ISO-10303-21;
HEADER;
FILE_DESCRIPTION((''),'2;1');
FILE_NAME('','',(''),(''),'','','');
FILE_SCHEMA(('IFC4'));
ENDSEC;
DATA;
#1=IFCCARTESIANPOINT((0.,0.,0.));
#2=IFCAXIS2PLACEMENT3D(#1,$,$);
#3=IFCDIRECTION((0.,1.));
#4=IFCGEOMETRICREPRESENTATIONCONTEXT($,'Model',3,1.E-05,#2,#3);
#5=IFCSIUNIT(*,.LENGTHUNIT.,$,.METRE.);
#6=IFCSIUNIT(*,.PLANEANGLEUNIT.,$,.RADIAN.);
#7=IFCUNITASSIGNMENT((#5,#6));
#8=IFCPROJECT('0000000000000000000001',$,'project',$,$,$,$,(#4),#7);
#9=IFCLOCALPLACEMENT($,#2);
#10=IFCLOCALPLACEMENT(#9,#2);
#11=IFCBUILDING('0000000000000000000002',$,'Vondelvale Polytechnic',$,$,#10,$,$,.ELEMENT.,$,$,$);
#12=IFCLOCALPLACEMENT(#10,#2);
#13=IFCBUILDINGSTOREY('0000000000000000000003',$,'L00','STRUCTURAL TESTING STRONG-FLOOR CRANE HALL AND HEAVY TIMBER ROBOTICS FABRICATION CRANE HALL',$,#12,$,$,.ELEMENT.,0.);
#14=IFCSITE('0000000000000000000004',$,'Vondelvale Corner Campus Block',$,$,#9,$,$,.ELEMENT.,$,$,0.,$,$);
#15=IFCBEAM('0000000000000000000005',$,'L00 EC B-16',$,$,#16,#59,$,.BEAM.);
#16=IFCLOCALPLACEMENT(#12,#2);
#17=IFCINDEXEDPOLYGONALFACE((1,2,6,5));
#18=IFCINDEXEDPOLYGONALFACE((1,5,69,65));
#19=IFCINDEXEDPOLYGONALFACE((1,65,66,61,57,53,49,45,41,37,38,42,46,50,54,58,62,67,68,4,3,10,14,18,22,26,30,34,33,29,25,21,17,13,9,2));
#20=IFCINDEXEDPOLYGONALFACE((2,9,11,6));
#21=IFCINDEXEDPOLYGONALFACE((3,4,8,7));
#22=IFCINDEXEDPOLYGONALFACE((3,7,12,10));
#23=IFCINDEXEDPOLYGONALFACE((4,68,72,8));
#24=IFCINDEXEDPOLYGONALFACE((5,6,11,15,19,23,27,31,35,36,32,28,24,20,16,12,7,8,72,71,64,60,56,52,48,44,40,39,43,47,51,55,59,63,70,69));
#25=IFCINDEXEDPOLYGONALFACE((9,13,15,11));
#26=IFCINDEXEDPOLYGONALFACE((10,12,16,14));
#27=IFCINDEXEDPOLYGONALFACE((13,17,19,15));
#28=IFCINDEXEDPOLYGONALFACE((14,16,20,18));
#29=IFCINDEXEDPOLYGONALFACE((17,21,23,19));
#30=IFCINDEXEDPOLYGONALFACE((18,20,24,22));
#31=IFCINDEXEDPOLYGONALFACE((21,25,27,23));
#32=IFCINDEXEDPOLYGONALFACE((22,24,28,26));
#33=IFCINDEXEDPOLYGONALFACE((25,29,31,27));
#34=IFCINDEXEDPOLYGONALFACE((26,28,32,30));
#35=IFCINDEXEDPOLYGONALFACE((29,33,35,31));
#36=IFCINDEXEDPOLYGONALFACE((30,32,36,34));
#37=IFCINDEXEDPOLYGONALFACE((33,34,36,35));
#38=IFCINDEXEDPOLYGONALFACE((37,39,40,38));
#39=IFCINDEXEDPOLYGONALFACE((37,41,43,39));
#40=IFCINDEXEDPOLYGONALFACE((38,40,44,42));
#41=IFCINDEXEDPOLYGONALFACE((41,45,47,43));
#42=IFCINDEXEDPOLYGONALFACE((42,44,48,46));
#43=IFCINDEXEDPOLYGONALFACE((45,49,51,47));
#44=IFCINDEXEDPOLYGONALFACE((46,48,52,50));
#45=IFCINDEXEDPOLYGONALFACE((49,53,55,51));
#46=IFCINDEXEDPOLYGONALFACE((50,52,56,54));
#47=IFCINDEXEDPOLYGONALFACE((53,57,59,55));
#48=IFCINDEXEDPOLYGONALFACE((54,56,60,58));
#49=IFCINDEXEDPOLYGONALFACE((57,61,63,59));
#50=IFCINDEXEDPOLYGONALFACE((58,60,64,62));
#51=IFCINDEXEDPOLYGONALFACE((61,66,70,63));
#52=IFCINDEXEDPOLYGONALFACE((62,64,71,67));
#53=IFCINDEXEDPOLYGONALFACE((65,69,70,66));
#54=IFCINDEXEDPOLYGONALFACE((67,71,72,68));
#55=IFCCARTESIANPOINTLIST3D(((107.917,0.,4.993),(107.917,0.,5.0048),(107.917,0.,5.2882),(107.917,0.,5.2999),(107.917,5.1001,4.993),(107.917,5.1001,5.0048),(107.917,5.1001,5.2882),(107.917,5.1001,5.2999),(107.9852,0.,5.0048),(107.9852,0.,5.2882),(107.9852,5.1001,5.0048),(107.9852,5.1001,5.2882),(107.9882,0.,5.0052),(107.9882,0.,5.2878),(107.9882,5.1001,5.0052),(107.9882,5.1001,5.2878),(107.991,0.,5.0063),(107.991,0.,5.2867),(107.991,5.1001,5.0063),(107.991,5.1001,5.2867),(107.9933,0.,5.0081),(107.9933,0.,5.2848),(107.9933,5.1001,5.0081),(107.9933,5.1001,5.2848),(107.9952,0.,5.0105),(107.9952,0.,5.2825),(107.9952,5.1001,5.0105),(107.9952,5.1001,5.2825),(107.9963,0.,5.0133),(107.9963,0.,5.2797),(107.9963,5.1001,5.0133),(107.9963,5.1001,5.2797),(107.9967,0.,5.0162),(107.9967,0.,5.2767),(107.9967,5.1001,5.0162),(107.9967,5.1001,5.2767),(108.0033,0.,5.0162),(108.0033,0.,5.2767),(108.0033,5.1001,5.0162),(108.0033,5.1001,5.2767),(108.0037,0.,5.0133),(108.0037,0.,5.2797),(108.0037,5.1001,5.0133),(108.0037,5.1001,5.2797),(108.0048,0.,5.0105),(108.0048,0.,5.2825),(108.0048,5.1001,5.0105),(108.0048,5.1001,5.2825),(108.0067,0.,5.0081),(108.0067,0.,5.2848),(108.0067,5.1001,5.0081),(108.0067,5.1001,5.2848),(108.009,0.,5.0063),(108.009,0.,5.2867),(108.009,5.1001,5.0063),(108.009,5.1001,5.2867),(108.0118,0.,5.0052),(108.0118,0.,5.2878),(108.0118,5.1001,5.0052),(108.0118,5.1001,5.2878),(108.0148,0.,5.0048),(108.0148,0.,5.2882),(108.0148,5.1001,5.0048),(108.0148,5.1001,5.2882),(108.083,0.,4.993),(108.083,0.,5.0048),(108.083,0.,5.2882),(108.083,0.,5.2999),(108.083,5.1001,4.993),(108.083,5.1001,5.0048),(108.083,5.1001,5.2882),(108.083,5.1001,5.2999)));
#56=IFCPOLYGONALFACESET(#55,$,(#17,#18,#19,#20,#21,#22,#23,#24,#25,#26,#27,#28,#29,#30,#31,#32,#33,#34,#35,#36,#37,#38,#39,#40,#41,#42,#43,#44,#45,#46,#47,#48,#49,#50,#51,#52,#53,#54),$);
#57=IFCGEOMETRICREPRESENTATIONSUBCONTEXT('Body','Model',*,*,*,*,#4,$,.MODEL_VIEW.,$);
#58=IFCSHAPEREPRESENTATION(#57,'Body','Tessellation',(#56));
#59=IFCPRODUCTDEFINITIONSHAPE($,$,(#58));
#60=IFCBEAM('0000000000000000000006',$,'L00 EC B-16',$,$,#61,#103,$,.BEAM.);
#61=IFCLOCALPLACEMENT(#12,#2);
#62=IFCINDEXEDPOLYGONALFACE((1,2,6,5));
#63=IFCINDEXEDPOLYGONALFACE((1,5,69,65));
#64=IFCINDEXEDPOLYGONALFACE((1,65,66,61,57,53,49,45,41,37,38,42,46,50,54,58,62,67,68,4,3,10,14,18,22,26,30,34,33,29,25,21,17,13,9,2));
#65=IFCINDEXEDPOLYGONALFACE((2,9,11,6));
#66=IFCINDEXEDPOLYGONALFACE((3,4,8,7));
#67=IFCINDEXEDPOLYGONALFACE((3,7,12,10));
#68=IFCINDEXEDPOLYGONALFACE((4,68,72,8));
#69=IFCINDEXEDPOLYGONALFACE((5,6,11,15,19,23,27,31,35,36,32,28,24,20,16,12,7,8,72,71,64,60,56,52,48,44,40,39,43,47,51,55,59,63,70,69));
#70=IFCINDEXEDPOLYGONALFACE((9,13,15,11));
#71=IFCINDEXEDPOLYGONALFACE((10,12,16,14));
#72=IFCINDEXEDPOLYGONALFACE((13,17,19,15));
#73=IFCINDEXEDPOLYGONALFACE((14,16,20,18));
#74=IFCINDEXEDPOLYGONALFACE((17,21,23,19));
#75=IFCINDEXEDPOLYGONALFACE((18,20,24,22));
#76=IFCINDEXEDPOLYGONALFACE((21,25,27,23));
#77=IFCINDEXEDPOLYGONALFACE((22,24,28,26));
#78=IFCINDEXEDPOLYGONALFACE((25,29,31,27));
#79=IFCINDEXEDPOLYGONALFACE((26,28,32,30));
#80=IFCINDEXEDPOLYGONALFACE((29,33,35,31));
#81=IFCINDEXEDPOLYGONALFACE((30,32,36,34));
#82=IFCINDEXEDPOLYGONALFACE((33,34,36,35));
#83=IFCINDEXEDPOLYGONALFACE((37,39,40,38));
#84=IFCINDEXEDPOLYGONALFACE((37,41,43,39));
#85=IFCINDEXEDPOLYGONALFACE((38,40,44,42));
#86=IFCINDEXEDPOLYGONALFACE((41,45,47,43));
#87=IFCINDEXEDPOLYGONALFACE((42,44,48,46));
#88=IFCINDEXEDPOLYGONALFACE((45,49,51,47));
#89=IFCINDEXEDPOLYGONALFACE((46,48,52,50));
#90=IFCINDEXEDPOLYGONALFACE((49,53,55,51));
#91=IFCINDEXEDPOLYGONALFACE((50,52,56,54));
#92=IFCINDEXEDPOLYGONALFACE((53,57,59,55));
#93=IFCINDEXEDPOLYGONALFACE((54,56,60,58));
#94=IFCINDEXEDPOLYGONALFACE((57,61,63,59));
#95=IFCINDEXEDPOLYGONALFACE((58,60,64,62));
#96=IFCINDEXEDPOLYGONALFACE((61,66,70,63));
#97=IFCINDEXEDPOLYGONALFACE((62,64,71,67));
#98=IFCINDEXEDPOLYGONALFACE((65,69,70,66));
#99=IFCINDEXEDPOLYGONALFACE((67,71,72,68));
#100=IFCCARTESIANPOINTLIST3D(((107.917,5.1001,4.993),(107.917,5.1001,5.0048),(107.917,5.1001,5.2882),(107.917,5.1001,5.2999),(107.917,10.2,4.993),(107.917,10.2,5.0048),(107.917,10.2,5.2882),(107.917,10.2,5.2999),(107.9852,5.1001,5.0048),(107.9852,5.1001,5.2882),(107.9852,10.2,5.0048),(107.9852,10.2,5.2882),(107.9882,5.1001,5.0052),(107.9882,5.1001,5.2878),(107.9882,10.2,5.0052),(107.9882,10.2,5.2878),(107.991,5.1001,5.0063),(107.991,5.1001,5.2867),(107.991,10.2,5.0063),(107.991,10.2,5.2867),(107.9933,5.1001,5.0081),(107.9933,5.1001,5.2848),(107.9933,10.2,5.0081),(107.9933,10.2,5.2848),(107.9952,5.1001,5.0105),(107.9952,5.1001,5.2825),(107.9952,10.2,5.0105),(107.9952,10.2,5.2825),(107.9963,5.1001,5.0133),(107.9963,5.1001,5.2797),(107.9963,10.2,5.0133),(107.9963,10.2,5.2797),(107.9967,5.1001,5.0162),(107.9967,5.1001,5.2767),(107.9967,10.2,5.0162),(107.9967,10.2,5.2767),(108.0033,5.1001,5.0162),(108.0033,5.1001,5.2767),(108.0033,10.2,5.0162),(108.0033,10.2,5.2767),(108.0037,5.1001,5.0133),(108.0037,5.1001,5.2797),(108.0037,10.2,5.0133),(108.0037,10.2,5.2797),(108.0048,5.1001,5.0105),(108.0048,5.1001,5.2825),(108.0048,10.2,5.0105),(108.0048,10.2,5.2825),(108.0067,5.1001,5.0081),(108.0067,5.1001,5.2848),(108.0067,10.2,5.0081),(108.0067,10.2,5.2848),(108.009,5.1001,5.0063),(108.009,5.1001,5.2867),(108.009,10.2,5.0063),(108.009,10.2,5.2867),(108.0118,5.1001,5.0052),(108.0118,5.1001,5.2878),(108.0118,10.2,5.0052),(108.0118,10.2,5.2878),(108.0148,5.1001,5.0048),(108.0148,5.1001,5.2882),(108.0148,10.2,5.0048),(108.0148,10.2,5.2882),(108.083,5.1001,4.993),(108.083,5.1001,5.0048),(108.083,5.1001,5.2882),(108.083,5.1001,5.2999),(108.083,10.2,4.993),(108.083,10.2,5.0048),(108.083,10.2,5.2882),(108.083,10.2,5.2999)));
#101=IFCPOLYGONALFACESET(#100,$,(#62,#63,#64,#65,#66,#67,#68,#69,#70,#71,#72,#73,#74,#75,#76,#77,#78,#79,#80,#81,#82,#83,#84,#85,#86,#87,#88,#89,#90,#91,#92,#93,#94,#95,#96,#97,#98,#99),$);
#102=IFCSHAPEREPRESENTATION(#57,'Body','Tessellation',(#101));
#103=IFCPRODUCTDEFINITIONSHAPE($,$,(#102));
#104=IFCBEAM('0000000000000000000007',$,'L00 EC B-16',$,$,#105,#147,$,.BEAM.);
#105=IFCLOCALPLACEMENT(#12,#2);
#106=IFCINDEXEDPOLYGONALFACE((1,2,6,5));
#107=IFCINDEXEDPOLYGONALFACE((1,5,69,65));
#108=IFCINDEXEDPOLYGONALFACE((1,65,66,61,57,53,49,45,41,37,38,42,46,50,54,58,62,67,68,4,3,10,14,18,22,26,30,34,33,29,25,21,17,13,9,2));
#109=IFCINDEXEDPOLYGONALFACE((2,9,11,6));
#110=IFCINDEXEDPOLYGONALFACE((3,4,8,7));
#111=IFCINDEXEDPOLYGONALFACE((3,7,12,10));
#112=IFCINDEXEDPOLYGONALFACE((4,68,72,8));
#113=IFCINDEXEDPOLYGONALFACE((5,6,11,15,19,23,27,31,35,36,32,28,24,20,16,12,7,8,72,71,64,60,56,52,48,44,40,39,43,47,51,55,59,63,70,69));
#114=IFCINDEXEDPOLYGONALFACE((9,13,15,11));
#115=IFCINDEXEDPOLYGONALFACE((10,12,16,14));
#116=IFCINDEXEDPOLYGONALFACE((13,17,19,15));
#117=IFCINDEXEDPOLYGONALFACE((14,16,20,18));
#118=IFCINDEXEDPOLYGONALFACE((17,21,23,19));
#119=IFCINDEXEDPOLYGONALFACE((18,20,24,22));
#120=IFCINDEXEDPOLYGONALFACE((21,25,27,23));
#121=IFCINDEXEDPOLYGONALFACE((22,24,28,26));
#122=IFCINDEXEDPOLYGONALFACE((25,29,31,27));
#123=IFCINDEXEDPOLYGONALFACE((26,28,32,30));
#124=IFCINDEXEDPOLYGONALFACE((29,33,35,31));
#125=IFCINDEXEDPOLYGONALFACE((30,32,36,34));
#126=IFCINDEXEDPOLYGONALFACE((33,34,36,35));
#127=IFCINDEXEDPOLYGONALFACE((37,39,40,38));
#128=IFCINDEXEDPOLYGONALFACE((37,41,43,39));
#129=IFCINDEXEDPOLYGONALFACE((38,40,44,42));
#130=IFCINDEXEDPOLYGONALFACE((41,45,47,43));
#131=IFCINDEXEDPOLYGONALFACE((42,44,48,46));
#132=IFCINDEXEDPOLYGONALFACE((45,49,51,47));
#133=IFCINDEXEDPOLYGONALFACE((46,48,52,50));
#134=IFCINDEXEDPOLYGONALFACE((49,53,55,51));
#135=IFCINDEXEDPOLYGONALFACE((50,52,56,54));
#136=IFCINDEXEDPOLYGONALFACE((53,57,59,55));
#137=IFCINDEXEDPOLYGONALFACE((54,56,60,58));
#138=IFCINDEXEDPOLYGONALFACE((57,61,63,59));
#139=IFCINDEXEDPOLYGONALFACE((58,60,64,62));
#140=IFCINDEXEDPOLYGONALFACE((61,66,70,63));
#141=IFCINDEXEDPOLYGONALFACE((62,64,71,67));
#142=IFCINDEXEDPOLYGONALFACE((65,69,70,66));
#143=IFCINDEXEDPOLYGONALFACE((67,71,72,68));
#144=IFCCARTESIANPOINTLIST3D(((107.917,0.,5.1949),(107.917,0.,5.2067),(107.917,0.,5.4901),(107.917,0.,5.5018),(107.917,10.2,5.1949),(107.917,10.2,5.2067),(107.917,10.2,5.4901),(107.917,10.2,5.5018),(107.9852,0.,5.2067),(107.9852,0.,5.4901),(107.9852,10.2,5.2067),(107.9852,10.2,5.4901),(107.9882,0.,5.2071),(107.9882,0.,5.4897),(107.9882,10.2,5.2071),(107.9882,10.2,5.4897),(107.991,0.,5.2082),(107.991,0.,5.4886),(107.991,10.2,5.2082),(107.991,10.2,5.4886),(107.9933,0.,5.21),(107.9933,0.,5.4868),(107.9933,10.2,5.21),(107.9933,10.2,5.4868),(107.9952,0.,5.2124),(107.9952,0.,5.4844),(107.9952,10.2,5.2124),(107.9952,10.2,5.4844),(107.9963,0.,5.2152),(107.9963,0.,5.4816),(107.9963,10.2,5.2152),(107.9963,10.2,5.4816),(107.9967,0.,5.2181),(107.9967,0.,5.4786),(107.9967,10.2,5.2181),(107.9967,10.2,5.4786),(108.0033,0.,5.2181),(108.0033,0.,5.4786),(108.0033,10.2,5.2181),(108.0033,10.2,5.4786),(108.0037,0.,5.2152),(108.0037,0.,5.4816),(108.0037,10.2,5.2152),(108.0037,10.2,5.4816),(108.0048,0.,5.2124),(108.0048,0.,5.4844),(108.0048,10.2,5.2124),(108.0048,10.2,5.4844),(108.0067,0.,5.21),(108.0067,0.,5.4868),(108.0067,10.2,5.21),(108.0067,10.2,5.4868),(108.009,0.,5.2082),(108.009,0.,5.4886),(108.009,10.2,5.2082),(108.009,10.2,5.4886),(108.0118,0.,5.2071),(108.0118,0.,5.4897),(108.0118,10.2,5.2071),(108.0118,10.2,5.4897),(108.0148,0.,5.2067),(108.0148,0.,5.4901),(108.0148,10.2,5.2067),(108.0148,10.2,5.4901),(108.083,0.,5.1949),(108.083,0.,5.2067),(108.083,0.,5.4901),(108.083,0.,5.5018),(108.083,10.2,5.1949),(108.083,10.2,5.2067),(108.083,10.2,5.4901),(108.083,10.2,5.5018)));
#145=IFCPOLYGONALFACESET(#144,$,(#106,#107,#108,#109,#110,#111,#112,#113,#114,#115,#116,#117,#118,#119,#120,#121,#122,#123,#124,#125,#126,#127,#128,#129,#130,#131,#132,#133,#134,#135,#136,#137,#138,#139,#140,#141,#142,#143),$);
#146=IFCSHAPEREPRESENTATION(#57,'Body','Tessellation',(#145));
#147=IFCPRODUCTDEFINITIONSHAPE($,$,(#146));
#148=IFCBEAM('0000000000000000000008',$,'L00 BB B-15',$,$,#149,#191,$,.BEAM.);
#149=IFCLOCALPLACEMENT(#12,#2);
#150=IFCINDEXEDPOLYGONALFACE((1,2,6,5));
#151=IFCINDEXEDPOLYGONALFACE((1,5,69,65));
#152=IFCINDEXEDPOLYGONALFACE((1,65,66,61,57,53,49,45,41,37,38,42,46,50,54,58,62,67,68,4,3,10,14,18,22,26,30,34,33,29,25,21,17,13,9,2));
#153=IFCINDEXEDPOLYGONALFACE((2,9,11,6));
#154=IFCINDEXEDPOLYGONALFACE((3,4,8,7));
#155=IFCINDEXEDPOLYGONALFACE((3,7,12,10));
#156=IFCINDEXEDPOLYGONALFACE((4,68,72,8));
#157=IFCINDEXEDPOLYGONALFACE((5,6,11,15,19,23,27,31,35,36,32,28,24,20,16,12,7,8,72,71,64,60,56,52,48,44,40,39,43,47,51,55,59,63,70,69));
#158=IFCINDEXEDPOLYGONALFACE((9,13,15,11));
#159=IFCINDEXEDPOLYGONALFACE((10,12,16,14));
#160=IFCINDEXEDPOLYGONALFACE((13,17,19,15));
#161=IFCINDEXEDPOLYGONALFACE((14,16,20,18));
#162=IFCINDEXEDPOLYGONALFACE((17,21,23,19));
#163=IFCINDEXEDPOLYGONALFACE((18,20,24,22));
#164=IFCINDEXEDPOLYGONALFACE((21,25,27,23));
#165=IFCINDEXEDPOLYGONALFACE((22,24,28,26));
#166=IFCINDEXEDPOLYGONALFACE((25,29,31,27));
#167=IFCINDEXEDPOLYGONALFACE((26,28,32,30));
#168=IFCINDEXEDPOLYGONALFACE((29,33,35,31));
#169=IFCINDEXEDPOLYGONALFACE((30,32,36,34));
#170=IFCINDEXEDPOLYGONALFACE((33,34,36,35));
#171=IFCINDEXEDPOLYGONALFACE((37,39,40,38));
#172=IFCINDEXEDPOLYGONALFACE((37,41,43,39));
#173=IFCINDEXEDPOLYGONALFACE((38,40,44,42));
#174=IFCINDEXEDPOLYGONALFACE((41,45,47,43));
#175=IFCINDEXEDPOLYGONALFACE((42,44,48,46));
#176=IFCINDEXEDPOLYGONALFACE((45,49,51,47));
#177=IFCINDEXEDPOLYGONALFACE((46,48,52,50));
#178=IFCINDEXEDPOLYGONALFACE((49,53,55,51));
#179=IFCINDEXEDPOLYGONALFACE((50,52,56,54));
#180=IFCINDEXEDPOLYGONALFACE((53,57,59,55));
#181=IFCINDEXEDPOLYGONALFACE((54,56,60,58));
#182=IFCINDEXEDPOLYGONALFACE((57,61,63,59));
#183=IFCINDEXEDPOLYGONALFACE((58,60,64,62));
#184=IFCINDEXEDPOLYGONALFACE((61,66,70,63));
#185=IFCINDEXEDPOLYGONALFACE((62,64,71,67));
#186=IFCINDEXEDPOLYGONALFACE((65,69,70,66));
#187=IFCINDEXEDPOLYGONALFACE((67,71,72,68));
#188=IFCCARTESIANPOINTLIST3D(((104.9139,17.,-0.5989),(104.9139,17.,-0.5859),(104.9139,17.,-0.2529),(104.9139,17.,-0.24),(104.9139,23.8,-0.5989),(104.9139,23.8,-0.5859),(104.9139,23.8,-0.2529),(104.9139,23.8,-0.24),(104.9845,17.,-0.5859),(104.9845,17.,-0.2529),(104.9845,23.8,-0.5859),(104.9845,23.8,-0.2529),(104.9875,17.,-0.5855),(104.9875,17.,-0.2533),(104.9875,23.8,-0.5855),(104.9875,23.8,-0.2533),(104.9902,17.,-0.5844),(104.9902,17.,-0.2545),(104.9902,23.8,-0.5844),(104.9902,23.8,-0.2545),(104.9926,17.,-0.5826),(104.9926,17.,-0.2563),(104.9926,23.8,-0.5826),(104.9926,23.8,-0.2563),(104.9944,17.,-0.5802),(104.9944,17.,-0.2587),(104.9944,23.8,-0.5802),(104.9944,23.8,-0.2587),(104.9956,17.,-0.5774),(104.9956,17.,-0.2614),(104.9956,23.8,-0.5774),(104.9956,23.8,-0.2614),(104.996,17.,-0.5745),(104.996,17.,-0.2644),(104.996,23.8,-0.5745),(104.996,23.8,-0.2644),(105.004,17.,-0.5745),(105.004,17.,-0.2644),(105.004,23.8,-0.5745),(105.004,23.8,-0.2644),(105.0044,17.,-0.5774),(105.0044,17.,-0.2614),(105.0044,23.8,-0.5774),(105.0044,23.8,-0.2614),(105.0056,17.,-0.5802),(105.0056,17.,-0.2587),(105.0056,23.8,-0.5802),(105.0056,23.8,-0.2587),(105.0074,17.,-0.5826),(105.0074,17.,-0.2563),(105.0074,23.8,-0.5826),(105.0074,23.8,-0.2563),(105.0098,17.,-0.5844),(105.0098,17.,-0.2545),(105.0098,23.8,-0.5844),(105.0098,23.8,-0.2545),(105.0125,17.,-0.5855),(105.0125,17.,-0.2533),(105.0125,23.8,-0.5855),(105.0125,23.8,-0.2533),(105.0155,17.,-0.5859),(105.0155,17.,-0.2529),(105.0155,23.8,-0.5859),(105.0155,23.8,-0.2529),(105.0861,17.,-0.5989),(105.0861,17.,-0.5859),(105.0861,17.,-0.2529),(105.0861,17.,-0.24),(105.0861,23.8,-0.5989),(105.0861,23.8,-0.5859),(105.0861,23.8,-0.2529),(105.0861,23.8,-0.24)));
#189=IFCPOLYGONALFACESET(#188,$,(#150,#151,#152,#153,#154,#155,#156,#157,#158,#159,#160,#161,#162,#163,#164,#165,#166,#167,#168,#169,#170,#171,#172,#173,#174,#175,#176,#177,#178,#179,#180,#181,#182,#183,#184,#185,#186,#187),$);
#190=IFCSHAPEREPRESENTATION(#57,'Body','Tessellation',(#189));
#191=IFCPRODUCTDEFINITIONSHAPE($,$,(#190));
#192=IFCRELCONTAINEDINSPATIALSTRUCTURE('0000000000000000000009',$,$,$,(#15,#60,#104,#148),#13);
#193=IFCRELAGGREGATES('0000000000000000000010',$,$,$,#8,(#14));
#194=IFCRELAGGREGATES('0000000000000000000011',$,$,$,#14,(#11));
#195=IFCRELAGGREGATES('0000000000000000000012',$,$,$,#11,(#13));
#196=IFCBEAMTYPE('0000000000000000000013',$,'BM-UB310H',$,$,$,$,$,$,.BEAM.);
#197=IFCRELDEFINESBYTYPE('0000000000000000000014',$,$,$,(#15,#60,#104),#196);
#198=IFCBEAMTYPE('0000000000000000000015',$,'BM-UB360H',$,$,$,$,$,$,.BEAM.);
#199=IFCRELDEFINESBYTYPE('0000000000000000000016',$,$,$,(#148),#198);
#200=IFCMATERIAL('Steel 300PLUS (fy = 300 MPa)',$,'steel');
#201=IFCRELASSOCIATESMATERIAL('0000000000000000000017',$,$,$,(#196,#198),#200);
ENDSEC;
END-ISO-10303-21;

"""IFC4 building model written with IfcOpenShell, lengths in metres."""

from ifc_helpers import new_model, si_unit, direction, frame, origin, origin_2d, place, context, subcontext, project, spatial, i_section, extrude, material, material_profile, profile_set, type_object, element, save


model = new_model("IFC4")

# Units and contexts
model_context = context("Model", 3, precision=1e-05, world=origin(), true_north=direction((0.0, 1.0)))
body_context = subcontext(model_context, "Body", "Model", "MODEL_VIEW")
ifc_project = project(units=[si_unit("LENGTHUNIT", "METRE"), si_unit("PLANEANGLEUNIT", "RADIAN")], contexts=[model_context])

# Site, building, storey
site_placement = place(None, origin())
site = spatial("IfcSite", under=ifc_project, at=site_placement, Name="Vondelvale Corner Campus Block", CompositionType="ELEMENT", RefElevation=0.0)
building_placement = place(site_placement, origin())
building = spatial("IfcBuilding", under=site, at=building_placement, Name="Vondelvale Polytechnic", CompositionType="ELEMENT")
storey_placement = place(building_placement, origin())
storey = spatial("IfcBuildingStorey", under=building, at=storey_placement, Name="L00", Description="STRUCTURAL TESTING STRONG-FLOOR CRANE HALL AND HEAVY TIMBER ROBOTICS FABRICATION CRANE HALL", CompositionType="ELEMENT", Elevation=0.0)

# Shared definitions
ifc_material_1 = material(Name="Steel 300PLUS (fy = 300 MPa)", Category="steel")

# Beams
ifc_material_profile_1 = material_profile(ifc_material_1, i_section(OverallWidth=0.166, OverallDepth=0.3069, WebThickness=0.0066, FlangeThickness=0.0117, FilletRadius=0.0115, at=origin_2d()), Name="310UB46.2")
ifc_profile_set_1 = profile_set([ifc_material_profile_1], Name="Steel 300PLUS (fy = 300 MPa)")
beam_type_1 = type_object("IfcBeamType", Name="BM-UB310H", PredefinedType="BEAM", material=ifc_profile_set_1)
beam_1_placement = place(storey_placement, frame((108.0, 0.0, 5.1465), z_axis=(0.0, 1.0, 0.0), x_axis=(-1.0, 0.0, 0.0)))
element("IfcBeam", 1, at=beam_1_placement, inside=storey, type_object=beam_type_1, Name="L00 EC B-16", PredefinedType="BEAM", context=body_context, shape_type="SweptSolid", body=[
    extrude(i_section(OverallWidth=0.166, OverallDepth=0.3069, WebThickness=0.0066, FlangeThickness=0.0117, FilletRadius=0.0115, at=origin_2d()), origin(), (0.0, 0.0, 1.0), 5.1001),
])
beam_2_placement = place(storey_placement, frame((108.0, 5.1001, 5.1465), z_axis=(0.0, 1.0, 0.0), x_axis=(-1.0, 0.0, 0.0)))
element("IfcBeam", 2, at=beam_2_placement, inside=storey, type_object=beam_type_1, Name="L00 EC B-16", PredefinedType="BEAM", context=body_context, shape_type="SweptSolid", body=[
    extrude(i_section(OverallWidth=0.166, OverallDepth=0.3069, WebThickness=0.0066, FlangeThickness=0.0117, FilletRadius=0.0115, at=origin_2d()), origin(), (0.0, 0.0, 1.0), 5.0999),
])
beam_3_placement = place(storey_placement, frame((108.0, 0.0, 5.3484), z_axis=(0.0, 1.0, 0.0), x_axis=(-1.0, 0.0, 0.0)))
element("IfcBeam", 3, at=beam_3_placement, inside=storey, type_object=beam_type_1, Name="L00 EC B-16", PredefinedType="BEAM", context=body_context, shape_type="SweptSolid", body=[
    extrude(i_section(OverallWidth=0.166, OverallDepth=0.3069, WebThickness=0.0066, FlangeThickness=0.0117, FilletRadius=0.0115, at=origin_2d()), origin(), (0.0, 0.0, 1.0), 10.2),
])
ifc_material_profile_2 = material_profile(ifc_material_1, i_section(OverallWidth=0.1721, OverallDepth=0.3589, WebThickness=0.0081, FlangeThickness=0.0129, FilletRadius=0.0115, at=origin_2d()), Name="360UB56.7")
ifc_profile_set_2 = profile_set([ifc_material_profile_2], Name="Steel 300PLUS (fy = 300 MPa)")
beam_type_2 = type_object("IfcBeamType", Name="BM-UB360H", PredefinedType="BEAM", material=ifc_profile_set_2)
for number, where, z_axis, x_axis, name in (
    (4, (105.0, 17.0, -0.4194), (0.0, 1.0, 0.0), (-1.0, 0.0, 0.0), "L00 BB B-15"),
):
    element("IfcBeam", number, at=place(storey_placement, frame(where, z_axis=z_axis, x_axis=x_axis)), inside=storey, type_object=beam_type_2, Name=name, PredefinedType="BEAM", context=body_context, shape_type="SweptSolid", body=[
        extrude(i_section(OverallWidth=0.1721, OverallDepth=0.3589, WebThickness=0.0081, FlangeThickness=0.0129, FilletRadius=0.0115, at=origin_2d()), origin(), (0.0, 0.0, 1.0), 6.8),
    ])

save(model, "model.ifc")
